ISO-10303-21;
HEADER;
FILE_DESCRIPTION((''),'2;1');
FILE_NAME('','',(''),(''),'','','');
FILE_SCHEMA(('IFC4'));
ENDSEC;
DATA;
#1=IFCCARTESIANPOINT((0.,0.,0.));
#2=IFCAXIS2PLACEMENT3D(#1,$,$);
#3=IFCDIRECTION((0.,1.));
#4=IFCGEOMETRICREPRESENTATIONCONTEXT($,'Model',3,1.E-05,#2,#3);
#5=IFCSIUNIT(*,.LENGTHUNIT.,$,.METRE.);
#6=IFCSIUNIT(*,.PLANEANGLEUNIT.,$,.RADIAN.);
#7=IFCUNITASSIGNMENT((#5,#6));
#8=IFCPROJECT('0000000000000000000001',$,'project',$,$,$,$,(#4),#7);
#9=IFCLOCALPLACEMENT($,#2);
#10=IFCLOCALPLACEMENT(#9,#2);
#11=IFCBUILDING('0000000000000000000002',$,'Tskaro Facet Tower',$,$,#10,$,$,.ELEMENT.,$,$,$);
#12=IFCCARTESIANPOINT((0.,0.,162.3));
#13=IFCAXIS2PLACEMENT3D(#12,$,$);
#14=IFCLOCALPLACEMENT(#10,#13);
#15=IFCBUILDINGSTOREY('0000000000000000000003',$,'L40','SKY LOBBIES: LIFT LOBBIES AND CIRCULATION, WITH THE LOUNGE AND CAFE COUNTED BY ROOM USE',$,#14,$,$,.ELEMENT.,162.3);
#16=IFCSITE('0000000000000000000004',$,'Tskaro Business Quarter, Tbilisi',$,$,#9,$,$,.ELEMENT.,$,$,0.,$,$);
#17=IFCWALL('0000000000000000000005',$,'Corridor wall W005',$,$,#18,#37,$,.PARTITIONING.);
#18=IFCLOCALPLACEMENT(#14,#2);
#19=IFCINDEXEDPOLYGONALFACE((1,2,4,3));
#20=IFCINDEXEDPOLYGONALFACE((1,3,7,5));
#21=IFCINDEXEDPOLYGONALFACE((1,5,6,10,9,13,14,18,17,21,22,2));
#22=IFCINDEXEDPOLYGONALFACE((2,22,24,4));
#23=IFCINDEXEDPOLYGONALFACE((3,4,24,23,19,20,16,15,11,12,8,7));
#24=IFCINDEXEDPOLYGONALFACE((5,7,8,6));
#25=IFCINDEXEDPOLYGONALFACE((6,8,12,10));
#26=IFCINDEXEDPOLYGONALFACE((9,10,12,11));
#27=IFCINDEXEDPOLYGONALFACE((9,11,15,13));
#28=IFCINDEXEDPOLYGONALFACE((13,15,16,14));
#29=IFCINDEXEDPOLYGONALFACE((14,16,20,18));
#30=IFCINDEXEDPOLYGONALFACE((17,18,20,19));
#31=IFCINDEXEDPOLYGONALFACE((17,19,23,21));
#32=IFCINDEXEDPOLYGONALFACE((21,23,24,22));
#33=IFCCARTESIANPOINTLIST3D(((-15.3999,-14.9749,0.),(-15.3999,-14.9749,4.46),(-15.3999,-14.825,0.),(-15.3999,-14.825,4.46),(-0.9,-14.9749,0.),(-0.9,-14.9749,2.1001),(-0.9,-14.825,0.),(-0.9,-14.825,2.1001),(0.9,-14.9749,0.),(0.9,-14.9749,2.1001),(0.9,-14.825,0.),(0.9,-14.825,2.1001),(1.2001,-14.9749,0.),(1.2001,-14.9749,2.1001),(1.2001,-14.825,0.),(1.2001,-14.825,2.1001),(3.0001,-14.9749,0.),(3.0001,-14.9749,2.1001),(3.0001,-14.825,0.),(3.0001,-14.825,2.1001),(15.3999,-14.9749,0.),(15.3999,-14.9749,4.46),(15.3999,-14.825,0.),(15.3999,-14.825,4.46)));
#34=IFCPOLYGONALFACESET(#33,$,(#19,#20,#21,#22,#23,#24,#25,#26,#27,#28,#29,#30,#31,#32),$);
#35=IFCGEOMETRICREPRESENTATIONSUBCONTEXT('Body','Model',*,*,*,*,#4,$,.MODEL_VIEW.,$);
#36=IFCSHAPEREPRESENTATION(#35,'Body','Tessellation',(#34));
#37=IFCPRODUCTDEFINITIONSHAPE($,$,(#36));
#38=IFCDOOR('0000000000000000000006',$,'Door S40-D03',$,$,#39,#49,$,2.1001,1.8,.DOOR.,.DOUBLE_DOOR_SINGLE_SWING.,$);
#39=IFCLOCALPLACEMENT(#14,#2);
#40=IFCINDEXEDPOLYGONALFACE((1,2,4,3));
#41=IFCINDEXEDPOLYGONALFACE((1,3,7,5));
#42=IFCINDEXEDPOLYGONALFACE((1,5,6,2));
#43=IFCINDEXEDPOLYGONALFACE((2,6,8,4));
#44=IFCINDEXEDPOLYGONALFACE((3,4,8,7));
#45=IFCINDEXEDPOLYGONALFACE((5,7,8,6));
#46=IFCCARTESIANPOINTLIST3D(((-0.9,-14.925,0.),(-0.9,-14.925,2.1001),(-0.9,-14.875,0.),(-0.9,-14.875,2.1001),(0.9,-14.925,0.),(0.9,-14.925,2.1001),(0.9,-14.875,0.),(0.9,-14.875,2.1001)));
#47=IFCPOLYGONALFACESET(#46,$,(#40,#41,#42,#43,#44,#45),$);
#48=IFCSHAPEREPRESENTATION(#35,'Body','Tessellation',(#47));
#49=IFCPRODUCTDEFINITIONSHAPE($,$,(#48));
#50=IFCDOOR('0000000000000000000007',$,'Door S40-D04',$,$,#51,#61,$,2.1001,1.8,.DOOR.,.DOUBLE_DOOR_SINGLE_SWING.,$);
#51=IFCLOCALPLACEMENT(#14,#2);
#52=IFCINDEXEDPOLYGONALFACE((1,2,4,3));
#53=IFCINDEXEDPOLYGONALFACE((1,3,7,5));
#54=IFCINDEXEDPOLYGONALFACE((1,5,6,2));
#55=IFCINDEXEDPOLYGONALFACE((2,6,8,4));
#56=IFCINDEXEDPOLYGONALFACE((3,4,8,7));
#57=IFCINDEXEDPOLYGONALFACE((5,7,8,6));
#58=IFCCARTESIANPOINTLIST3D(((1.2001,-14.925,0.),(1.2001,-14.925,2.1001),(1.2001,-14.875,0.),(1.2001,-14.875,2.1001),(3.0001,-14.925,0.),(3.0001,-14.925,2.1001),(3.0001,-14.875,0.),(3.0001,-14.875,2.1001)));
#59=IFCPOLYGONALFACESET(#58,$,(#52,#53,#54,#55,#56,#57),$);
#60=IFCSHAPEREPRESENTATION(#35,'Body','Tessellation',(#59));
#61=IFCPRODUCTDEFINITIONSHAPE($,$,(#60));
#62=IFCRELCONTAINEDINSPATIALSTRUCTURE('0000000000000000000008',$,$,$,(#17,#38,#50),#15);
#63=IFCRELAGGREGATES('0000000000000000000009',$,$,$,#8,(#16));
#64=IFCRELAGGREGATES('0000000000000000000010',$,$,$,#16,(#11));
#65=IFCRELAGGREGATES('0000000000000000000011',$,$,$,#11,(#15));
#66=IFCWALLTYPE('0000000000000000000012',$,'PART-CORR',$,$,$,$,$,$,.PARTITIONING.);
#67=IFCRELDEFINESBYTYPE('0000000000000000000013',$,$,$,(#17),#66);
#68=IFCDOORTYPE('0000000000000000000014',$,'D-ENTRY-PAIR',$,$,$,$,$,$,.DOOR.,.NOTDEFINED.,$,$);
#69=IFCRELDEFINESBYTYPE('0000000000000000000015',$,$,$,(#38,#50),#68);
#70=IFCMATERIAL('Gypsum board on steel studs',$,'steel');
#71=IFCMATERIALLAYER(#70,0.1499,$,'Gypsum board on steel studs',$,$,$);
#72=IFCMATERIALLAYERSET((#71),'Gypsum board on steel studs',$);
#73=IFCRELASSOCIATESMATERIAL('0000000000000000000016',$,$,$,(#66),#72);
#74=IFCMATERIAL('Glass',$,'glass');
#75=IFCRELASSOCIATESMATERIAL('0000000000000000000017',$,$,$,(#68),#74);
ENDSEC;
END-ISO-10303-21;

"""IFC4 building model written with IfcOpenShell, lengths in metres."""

from ifc_helpers import new_model, si_unit, direction, frame, frame_2d, origin, place, context, subcontext, project, spatial, rectangle, extrude, material, layer, layer_set, type_object, element, fill, save


model = new_model("IFC4")

# Units and contexts
model_context = context("Model", 3, precision=1e-05, world=origin(), true_north=direction((0.0, 1.0)))
body_context = subcontext(model_context, "Body", "Model", "MODEL_VIEW")
ifc_project = project(units=[si_unit("LENGTHUNIT", "METRE"), si_unit("PLANEANGLEUNIT", "RADIAN")], contexts=[model_context])

# Site, building, storey
site_placement = place(None, origin())
site = spatial("IfcSite", under=ifc_project, at=site_placement, Name="Tskaro Business Quarter, Tbilisi", CompositionType="ELEMENT", RefElevation=0.0)
building_placement = place(site_placement, origin())
building = spatial("IfcBuilding", under=site, at=building_placement, Name="Tskaro Facet Tower", CompositionType="ELEMENT")
storey_placement = place(building_placement, frame((0.0, 0.0, 162.3)))
storey = spatial("IfcBuildingStorey", under=building, at=storey_placement, Name="L40", Description="SKY LOBBIES: LIFT LOBBIES AND CIRCULATION, WITH THE LOUNGE AND CAFE COUNTED BY ROOM USE", CompositionType="ELEMENT", Elevation=162.3)

# Shared definitions
ifc_material_1 = material(Name="Gypsum board on steel studs", Category="steel")

# Wall, openings, doors
ifc_layer_1 = layer(ifc_material_1, 0.1499, Name="Gypsum board on steel studs")
ifc_layer_set_1 = layer_set([ifc_layer_1], Name="Gypsum board on steel studs")
wall_type_1 = type_object("IfcWallType", Name="PART-CORR", PredefinedType="PARTITIONING", material=ifc_layer_set_1)
wall_1_placement = place(storey_placement, frame((-15.3999, -14.8999, 0.0), z_axis=(0.0, 0.0, 1.0), x_axis=(1.0, 0.0, 0.0)))
wall_1 = element("IfcWall", 1, at=wall_1_placement, inside=storey, type_object=wall_type_1, Name="Corridor wall W005", PredefinedType="PARTITIONING", context=body_context, shape_type="SweptSolid", body=[
    extrude(rectangle(XDim=30.7998, YDim=0.1499, at=frame_2d((15.3999, 0.0))), origin(), (0.0, 0.0, 1.0), 4.46),
])
opening_1_placement = place(wall_1_placement, frame((14.5, 0.0, 0.0)))
opening_1 = element("IfcOpeningElement", 2, at=opening_1_placement, cuts=wall_1, PredefinedType="OPENING", context=body_context, shape_type="SweptSolid", body=[
    extrude(rectangle(XDim=1.8, YDim=2.1001, at=frame_2d((0.8999, 1.05))), frame((0.0, 0.085, 0.0), z_axis=(0.0, -1.0, 0.0), x_axis=(1.0, 0.0, 0.0)), (0.0, 0.0, 1.0), 0.1699),
])
opening_2_placement = place(wall_1_placement, frame((16.6001, 0.0, 0.0)))
opening_2 = element("IfcOpeningElement", 3, at=opening_2_placement, cuts=wall_1, PredefinedType="OPENING", context=body_context, shape_type="SweptSolid", body=[
    extrude(rectangle(XDim=1.8, YDim=2.1001, at=frame_2d((0.8999, 1.05))), frame((0.0, 0.085, 0.0), z_axis=(0.0, -1.0, 0.0), x_axis=(1.0, 0.0, 0.0)), (0.0, 0.0, 1.0), 0.1699),
])
ifc_material_2 = material(Name="Glass", Category="glass")
door_type_1 = type_object("IfcDoorType", Name="D-ENTRY-PAIR", OperationType="NOTDEFINED", PredefinedType="DOOR", material=ifc_material_2)
door_1_placement = place(opening_1_placement, origin())
door_1 = element("IfcDoor", 4, at=door_1_placement, inside=storey, type_object=door_type_1, Name="Door S40-D03", OperationType="DOUBLE_DOOR_SINGLE_SWING", OverallHeight=2.1001, OverallWidth=1.8, PredefinedType="DOOR", context=body_context, shape_type="SweptSolid", body=[
    extrude(rectangle(XDim=1.8, YDim=2.1001, at=frame_2d((0.8999, 1.05))), frame((0.0, 0.0249, 0.0), z_axis=(0.0, -1.0, 0.0), x_axis=(1.0, 0.0, 0.0)), (0.0, 0.0, 1.0), 0.05),
])
fill(opening_1, door_1)
door_2_placement = place(opening_2_placement, origin())
door_2 = element("IfcDoor", 5, at=door_2_placement, inside=storey, type_object=door_type_1, Name="Door S40-D04", OperationType="DOUBLE_DOOR_SINGLE_SWING", OverallHeight=2.1001, OverallWidth=1.8, PredefinedType="DOOR", context=body_context, shape_type="SweptSolid", body=[
    extrude(rectangle(XDim=1.8, YDim=2.1001, at=frame_2d((0.8999, 1.05))), frame((0.0, 0.0249, 0.0), z_axis=(0.0, -1.0, 0.0), x_axis=(1.0, 0.0, 0.0)), (0.0, 0.0, 1.0), 0.05),
])
fill(opening_2, door_2)

save(model, "model.ifc")
